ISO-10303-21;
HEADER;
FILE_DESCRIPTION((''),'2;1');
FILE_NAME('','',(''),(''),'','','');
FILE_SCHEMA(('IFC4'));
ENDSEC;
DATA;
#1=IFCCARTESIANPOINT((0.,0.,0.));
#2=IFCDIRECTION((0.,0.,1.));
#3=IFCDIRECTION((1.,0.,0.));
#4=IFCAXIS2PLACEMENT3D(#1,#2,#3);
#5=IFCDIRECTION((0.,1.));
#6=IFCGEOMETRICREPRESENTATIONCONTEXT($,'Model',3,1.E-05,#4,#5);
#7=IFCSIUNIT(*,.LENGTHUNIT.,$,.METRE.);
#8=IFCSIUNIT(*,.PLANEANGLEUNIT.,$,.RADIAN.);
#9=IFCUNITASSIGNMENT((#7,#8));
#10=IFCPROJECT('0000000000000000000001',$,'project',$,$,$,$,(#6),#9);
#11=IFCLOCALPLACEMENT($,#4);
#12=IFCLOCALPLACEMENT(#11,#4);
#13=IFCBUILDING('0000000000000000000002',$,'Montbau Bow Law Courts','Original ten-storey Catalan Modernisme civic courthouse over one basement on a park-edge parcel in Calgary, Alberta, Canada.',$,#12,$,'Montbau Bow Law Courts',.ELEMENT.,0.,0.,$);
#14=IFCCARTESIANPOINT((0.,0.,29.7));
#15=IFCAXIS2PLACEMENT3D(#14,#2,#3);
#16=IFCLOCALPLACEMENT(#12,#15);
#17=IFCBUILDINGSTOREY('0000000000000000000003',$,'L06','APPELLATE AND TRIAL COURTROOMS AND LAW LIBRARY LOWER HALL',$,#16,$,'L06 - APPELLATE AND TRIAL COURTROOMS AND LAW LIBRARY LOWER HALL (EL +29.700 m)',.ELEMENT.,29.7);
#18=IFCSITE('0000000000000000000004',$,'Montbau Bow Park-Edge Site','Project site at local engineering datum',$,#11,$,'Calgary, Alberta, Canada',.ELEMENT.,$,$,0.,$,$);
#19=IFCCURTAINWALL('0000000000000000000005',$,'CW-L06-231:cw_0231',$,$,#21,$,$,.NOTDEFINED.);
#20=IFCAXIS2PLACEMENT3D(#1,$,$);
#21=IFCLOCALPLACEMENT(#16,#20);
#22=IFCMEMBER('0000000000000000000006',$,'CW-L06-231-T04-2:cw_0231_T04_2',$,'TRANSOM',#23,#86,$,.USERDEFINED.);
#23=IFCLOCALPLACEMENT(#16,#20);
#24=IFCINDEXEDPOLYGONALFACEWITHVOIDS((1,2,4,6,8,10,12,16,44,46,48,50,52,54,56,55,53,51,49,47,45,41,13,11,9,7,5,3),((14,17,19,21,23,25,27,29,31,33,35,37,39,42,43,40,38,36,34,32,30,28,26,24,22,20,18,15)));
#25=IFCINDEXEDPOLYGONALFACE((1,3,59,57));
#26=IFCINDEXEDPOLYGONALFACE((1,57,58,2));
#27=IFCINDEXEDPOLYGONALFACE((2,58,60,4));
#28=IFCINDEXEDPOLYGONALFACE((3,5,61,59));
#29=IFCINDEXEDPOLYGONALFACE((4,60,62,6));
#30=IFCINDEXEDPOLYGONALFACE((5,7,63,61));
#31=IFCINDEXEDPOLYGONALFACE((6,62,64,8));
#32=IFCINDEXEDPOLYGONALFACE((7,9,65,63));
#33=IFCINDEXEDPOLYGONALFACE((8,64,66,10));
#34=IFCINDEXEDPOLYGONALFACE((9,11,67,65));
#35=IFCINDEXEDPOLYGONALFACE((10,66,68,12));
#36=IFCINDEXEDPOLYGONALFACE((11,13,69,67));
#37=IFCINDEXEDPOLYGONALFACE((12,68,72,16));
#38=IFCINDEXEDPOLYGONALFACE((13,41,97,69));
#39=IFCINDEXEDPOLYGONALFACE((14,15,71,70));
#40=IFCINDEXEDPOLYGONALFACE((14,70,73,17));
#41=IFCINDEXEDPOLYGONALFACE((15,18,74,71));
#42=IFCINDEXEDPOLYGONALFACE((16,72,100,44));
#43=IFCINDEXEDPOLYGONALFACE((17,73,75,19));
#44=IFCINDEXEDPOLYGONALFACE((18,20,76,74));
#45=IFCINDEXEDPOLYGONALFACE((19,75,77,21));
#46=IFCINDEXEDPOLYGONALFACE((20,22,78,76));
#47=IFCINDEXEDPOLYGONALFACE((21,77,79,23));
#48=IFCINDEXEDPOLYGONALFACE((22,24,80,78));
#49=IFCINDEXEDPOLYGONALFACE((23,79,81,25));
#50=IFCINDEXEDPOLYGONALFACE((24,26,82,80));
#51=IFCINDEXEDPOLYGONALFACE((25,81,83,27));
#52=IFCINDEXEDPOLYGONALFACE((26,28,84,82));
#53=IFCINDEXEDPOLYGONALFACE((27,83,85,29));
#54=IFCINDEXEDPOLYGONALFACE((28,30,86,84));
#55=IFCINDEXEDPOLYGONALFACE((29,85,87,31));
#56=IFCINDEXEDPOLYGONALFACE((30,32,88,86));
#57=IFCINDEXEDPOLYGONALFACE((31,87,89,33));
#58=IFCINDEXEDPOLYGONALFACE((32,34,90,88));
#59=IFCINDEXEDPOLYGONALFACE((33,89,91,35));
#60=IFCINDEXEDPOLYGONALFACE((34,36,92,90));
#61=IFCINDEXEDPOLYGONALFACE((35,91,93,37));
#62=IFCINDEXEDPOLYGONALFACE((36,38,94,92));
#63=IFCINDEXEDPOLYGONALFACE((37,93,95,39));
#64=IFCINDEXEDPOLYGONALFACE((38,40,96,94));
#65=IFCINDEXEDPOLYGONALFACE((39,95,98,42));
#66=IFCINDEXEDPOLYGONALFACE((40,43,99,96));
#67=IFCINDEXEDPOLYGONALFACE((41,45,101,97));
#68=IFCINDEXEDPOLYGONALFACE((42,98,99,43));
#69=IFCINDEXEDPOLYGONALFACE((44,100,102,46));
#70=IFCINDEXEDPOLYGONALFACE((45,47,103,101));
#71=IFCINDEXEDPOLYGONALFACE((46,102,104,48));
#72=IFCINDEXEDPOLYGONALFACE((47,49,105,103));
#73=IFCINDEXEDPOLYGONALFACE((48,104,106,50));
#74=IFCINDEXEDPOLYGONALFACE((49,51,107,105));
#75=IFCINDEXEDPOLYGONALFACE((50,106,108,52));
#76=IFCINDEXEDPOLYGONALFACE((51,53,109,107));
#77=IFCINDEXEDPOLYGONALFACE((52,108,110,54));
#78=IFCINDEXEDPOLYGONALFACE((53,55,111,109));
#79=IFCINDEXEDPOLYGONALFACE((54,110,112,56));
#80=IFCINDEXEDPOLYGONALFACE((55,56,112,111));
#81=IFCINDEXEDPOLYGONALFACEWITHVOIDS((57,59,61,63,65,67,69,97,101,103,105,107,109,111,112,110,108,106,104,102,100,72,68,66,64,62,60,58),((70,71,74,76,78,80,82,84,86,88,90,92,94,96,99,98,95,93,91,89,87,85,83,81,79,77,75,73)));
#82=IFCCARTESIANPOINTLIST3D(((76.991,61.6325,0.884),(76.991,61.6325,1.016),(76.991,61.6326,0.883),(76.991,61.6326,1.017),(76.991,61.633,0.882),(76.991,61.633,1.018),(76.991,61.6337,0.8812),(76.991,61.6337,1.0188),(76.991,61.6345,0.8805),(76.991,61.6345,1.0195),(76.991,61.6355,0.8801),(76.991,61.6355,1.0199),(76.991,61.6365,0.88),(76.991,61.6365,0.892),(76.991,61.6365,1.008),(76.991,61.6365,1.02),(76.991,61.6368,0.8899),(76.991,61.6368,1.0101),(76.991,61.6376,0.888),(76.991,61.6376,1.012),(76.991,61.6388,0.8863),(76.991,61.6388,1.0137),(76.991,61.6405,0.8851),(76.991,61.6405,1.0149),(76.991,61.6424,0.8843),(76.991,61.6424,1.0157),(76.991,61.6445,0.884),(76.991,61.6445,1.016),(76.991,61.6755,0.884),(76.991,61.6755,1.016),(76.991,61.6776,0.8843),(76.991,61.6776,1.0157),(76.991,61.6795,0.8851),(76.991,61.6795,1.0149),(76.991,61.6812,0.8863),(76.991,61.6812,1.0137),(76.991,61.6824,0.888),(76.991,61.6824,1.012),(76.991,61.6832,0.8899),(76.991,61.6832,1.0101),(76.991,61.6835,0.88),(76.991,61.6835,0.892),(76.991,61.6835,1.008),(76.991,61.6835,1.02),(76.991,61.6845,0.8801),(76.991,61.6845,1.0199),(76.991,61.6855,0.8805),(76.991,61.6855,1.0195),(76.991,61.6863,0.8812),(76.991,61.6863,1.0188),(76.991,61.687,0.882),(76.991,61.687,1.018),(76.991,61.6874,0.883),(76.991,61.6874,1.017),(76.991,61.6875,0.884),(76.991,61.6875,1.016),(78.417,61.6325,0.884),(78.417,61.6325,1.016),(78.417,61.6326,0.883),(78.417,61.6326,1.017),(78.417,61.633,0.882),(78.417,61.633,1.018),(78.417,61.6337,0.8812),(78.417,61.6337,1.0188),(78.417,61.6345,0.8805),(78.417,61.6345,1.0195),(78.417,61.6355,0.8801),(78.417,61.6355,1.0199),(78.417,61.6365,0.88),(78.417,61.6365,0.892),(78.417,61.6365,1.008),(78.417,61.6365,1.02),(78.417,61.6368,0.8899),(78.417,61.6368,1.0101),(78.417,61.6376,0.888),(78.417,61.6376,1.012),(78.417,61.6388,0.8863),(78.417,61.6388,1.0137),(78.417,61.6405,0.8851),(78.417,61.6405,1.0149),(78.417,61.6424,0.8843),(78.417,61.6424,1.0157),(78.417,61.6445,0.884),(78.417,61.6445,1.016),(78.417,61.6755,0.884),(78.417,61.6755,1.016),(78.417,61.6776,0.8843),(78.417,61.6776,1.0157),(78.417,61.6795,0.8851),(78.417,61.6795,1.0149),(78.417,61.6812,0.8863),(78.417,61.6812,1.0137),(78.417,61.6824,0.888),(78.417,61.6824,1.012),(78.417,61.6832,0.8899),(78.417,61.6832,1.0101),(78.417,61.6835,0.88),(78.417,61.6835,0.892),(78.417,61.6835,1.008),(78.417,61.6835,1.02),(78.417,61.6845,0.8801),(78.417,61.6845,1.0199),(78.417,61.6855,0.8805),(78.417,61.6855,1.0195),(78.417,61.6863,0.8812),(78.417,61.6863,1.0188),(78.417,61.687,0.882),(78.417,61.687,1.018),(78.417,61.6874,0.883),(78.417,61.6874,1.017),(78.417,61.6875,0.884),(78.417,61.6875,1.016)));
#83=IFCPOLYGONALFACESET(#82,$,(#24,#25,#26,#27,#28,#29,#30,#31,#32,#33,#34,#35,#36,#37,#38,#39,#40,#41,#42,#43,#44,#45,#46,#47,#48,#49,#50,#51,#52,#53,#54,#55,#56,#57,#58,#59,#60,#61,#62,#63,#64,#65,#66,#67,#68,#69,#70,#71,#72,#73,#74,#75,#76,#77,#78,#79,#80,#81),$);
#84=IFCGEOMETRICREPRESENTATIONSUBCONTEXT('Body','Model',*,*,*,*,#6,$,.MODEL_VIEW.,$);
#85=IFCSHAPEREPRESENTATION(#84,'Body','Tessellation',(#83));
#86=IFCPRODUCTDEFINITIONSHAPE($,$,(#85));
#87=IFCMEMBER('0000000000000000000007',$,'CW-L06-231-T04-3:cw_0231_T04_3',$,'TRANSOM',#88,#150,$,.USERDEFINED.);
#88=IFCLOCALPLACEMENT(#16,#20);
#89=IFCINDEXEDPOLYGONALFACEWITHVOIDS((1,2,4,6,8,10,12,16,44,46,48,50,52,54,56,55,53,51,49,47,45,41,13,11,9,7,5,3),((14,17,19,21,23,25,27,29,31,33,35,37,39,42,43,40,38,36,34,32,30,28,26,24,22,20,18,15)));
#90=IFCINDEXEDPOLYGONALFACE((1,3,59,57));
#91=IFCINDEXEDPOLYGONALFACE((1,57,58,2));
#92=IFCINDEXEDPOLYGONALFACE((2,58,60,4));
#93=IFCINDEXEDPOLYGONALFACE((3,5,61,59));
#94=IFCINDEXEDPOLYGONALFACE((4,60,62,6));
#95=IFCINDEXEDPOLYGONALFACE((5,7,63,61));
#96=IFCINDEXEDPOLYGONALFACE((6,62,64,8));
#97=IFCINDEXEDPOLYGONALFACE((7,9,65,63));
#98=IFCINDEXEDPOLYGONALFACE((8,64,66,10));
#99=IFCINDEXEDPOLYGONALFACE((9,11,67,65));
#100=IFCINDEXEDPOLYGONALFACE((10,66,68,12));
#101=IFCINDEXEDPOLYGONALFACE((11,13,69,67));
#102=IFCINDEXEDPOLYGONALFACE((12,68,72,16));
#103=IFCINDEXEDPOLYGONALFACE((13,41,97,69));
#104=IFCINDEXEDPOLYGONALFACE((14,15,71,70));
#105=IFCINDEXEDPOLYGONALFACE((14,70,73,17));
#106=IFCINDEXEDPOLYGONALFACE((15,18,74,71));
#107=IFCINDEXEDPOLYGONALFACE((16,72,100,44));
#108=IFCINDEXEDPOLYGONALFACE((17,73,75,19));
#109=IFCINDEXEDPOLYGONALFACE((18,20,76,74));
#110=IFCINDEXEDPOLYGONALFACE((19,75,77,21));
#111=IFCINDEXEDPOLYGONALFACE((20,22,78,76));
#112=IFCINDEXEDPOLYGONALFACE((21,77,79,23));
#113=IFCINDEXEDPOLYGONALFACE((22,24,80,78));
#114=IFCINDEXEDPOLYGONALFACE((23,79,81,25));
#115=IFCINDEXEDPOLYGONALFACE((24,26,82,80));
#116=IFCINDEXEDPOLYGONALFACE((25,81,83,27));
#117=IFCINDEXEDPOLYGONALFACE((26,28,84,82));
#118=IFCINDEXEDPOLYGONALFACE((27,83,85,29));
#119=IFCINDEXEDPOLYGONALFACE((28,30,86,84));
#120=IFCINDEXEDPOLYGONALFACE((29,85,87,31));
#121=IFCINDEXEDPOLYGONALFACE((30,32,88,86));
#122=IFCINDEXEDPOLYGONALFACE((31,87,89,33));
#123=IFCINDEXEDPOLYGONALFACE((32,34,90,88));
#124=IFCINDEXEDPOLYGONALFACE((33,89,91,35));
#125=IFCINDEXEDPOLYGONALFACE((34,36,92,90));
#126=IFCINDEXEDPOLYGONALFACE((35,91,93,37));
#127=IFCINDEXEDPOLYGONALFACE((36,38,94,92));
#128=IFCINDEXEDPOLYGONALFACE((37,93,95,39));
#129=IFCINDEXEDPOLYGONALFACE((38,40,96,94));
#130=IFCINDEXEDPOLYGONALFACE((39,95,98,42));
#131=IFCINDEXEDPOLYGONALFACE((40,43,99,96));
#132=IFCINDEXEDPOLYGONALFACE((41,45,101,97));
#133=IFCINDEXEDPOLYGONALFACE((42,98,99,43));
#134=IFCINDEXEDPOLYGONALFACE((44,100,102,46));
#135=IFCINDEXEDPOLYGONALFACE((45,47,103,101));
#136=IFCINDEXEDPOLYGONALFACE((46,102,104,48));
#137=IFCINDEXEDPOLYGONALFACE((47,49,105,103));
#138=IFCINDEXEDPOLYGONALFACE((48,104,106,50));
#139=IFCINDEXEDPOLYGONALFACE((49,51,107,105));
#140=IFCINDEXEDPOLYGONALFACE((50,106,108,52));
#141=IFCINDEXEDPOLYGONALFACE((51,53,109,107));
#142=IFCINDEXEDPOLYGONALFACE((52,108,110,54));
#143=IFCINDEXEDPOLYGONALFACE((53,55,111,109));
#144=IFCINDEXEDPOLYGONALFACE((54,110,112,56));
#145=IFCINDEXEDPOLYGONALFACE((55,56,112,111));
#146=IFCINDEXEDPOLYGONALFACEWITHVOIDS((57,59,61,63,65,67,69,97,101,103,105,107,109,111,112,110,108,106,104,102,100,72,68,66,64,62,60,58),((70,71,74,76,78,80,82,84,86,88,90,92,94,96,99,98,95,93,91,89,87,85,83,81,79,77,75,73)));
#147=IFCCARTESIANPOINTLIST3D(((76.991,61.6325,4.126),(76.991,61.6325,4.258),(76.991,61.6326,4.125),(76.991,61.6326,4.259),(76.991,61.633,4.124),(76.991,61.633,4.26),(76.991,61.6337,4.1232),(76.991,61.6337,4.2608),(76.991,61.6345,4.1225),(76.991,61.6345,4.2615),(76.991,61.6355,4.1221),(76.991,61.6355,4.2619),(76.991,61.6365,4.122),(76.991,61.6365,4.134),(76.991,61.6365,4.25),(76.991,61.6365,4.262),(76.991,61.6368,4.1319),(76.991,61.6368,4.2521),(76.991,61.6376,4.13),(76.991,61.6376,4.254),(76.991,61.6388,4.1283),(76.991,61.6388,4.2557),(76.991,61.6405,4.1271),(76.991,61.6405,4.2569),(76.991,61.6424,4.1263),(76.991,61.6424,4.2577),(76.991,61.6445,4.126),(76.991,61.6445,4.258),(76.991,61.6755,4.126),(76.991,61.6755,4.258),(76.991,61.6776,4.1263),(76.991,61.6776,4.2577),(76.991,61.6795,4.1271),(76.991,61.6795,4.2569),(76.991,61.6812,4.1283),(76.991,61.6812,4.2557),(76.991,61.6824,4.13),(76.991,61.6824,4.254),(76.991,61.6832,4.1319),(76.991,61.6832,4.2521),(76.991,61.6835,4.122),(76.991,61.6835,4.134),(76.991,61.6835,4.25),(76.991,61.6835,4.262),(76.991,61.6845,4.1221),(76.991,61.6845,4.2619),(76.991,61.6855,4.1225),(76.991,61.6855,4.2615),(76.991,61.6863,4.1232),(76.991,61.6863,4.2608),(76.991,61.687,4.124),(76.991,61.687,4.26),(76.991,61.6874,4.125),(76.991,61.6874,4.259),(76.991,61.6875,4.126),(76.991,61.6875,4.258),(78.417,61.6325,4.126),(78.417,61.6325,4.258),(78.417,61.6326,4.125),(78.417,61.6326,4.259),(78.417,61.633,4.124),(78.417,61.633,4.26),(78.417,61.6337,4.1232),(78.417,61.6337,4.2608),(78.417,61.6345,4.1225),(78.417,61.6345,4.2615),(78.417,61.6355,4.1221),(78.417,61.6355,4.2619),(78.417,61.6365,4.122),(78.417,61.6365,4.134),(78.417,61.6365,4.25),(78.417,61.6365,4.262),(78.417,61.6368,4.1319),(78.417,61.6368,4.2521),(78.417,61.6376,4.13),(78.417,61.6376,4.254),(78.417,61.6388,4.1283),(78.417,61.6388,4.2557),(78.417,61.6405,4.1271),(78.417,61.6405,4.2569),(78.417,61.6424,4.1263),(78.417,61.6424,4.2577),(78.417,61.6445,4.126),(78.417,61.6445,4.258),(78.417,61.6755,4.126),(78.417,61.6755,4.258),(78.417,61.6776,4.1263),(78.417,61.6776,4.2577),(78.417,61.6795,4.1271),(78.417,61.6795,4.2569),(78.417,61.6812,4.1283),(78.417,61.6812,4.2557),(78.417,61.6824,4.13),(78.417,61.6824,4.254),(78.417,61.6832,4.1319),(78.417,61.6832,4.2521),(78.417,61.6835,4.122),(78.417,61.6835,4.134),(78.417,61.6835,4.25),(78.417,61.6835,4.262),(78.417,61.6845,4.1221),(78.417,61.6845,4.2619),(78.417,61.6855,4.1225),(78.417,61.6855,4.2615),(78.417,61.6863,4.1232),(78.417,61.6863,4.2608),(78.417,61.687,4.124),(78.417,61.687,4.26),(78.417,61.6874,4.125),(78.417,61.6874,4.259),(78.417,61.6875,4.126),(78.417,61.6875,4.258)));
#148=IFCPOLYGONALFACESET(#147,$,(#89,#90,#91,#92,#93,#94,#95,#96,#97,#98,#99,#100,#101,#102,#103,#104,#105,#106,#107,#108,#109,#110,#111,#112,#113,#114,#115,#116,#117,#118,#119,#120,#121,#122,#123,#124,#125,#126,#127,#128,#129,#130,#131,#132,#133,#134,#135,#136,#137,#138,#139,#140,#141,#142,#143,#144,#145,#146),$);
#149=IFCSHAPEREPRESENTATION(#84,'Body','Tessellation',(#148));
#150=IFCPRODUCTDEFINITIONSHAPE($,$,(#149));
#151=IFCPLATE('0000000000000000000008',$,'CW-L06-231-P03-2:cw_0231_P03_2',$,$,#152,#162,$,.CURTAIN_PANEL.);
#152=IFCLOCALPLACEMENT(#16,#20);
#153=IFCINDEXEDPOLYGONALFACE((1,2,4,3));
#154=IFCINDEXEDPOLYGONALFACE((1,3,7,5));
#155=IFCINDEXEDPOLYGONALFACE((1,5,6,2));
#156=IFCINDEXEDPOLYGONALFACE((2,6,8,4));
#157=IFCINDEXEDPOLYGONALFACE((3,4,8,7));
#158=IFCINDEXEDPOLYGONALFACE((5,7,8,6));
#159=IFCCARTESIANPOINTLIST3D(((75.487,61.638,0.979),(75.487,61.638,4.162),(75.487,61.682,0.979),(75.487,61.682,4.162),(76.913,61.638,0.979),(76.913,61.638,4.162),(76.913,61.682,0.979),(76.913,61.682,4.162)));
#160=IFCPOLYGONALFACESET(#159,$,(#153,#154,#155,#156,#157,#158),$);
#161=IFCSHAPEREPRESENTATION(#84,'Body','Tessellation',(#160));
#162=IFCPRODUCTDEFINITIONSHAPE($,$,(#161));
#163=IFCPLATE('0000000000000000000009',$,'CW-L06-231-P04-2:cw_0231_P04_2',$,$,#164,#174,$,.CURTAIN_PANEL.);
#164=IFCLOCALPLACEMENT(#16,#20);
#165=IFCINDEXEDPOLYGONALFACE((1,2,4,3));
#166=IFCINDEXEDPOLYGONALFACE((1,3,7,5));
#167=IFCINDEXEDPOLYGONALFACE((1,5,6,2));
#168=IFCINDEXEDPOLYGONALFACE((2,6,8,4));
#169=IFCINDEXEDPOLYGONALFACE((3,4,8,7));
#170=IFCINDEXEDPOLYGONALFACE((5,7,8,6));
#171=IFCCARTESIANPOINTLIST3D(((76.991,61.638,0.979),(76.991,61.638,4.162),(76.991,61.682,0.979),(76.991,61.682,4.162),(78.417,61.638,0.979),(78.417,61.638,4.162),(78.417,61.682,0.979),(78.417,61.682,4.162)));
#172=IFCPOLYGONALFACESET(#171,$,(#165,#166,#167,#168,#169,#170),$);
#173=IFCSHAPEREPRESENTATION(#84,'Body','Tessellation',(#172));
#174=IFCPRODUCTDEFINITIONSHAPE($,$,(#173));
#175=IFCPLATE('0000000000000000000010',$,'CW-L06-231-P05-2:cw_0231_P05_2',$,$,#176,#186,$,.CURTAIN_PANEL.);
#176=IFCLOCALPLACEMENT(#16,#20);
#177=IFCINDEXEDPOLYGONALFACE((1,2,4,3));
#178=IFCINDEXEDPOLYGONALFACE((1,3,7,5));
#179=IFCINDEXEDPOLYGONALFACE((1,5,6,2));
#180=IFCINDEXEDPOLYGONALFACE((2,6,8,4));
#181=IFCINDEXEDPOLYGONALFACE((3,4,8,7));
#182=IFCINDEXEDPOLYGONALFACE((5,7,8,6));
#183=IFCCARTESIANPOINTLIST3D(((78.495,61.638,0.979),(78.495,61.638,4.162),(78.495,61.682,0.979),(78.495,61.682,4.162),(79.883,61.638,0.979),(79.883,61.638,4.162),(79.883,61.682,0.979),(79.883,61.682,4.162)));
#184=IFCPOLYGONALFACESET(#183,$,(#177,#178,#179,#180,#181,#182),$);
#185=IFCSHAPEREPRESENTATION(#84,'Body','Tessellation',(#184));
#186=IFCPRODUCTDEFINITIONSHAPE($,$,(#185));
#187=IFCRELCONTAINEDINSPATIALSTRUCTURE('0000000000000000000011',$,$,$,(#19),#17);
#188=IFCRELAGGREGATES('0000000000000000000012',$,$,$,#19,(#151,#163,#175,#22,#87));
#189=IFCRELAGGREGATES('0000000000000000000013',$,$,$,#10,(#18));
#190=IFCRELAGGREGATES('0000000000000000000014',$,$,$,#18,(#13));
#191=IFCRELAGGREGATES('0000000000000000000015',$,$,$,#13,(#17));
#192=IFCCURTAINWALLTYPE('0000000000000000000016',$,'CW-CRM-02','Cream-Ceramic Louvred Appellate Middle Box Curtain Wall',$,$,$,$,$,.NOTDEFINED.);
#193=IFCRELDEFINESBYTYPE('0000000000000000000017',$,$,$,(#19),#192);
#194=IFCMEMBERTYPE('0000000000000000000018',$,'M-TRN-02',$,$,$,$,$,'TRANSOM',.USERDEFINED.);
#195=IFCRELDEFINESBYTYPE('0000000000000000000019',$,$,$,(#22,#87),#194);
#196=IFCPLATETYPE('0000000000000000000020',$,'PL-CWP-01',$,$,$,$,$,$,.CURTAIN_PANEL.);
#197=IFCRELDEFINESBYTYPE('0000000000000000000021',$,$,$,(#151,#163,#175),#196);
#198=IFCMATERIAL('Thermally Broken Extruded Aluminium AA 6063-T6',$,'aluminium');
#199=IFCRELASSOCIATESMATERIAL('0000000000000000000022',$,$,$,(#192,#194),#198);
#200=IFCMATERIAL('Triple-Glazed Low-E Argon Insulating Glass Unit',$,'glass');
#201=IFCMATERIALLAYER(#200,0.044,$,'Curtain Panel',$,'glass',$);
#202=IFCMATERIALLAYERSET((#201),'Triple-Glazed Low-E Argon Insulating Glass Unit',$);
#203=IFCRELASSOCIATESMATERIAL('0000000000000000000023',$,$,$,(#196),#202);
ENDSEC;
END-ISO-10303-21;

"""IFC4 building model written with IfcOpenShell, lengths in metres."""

from ifc_helpers import new_model, si_unit, direction, frame, frame_2d, origin_with_axes, origin_2d_with_axis, place, context, subcontext, project, spatial, rectangle, hollow_rectangle, extrude, material, layer, layer_set, material_profile, profile_set, type_object, element, aggregate, save


model = new_model("IFC4")

# Units and contexts
model_context = context("Model", 3, precision=1e-05, world=origin_with_axes(), true_north=direction((0.0, 1.0)))
body_context = subcontext(model_context, "Body", "Model", "MODEL_VIEW")
ifc_project = project(units=[si_unit("LENGTHUNIT", "METRE"), si_unit("PLANEANGLEUNIT", "RADIAN")], contexts=[model_context])

# Site, building, storey
site_placement = place(None, origin_with_axes())
site = spatial("IfcSite", under=ifc_project, at=site_placement, Name="Montbau Bow Park-Edge Site", Description="Project site at local engineering datum", LongName="Calgary, Alberta, Canada", CompositionType="ELEMENT", RefElevation=0.0)
building_placement = place(site_placement, origin_with_axes())
building = spatial("IfcBuilding", under=site, at=building_placement, Name="Montbau Bow Law Courts", Description="Original ten-storey Catalan Modernisme civic courthouse over one basement on a park-edge parcel in Calgary, Alberta, Canada.", LongName="Montbau Bow Law Courts", CompositionType="ELEMENT", ElevationOfRefHeight=0.0, ElevationOfTerrain=0.0)
storey_placement = place(building_placement, frame((0.0, 0.0, 29.7), z_axis=(0.0, 0.0, 1.0), x_axis=(1.0, 0.0, 0.0)))
storey = spatial("IfcBuildingStorey", under=building, at=storey_placement, Name="L06", Description="APPELLATE AND TRIAL COURTROOMS AND LAW LIBRARY LOWER HALL", LongName="L06 - APPELLATE AND TRIAL COURTROOMS AND LAW LIBRARY LOWER HALL (EL +29.700 m)", CompositionType="ELEMENT", Elevation=29.7)

# Curtain wall, members, plates
ifc_material_1 = material(Name="Thermally Broken Extruded Aluminium AA 6063-T6", Category="aluminium")
curtain_wall_type = type_object("IfcCurtainWallType", Name="CW-CRM-02", Description="Cream-Ceramic Louvred Appellate Middle Box Curtain Wall", PredefinedType="NOTDEFINED", material=ifc_material_1)
curtain_wall_placement = place(None, frame((72.44, 61.66, 29.7), z_axis=(0.0, 0.0, 1.0), x_axis=(1.0, 0.0, 0.0)))
curtain_wall = element("IfcCurtainWall", 1, at=curtain_wall_placement, inside=storey, type_object=curtain_wall_type, Name="CW-L06-231:cw_0231", PredefinedType="NOTDEFINED")
ifc_material_profile_1 = material_profile(ifc_material_1, hollow_rectangle(XDim=0.055, YDim=0.14, WallThickness=0.004, InnerFilletRadius=0.008, OuterFilletRadius=0.004, at=origin_2d_with_axis()), Name="CWT-140X55", Category="Main", Priority=0)
ifc_profile_set_1 = profile_set([ifc_material_profile_1], Name="Thermally Broken Extruded Aluminium AA 6063-T6")
member_type_1 = type_object("IfcMemberType", Name="M-TRN-02", ElementType="TRANSOM", PredefinedType="USERDEFINED", material=ifc_profile_set_1)
member_1_placement = place(None, frame((76.991, 61.66, 30.65), z_axis=(1.0, 0.0, 0.0), x_axis=(0.0, 1.0, 0.0)))
member_1 = element("IfcMember", 2, at=member_1_placement, type_object=member_type_1, Name="CW-L06-231-T04-2:cw_0231_T04_2", ObjectType="TRANSOM", PredefinedType="USERDEFINED", context=body_context, shape_type="SweptSolid", body=[
    extrude(hollow_rectangle(XDim=0.055, YDim=0.14, WallThickness=0.004, InnerFilletRadius=0.008, OuterFilletRadius=0.004, at=origin_2d_with_axis()), origin_with_axes(), (0.0, 0.0, 1.0), 1.426),
])
member_2_placement = place(None, frame((76.991, 61.66, 33.892), z_axis=(1.0, 0.0, 0.0), x_axis=(0.0, 1.0, 0.0)))
member_2 = element("IfcMember", 3, at=member_2_placement, type_object=member_type_1, Name="CW-L06-231-T04-3:cw_0231_T04_3", ObjectType="TRANSOM", PredefinedType="USERDEFINED", context=body_context, shape_type="SweptSolid", body=[
    extrude(hollow_rectangle(XDim=0.055, YDim=0.14, WallThickness=0.004, InnerFilletRadius=0.008, OuterFilletRadius=0.004, at=origin_2d_with_axis()), origin_with_axes(), (0.0, 0.0, 1.0), 1.426),
])
ifc_material_2 = material(Name="Triple-Glazed Low-E Argon Insulating Glass Unit", Category="glass")
ifc_layer_1 = layer(ifc_material_2, 0.044, Name="Curtain Panel", Category="glass")
ifc_layer_set_1 = layer_set([ifc_layer_1], Name="Triple-Glazed Low-E Argon Insulating Glass Unit")
plate_type_1 = type_object("IfcPlateType", Name="PL-CWP-01", PredefinedType="CURTAIN_PANEL", material=ifc_layer_set_1)
plate_1_placement = place(None, frame((75.487, 61.66, 30.679), z_axis=(0.0, -1.0, 0.0), x_axis=(1.0, 0.0, 0.0)))
plate_1 = element("IfcPlate", 4, at=plate_1_placement, type_object=plate_type_1, Name="CW-L06-231-P03-2:cw_0231_P03_2", PredefinedType="CURTAIN_PANEL", context=body_context, shape_type="SweptSolid", body=[
    extrude(rectangle(XDim=1.426, YDim=3.183, at=frame_2d((0.713, 1.5915), x_axis=(1.0, 0.0))), frame((0.0, 0.0, -0.022), z_axis=(0.0, 0.0, 1.0), x_axis=(1.0, 0.0, 0.0)), (0.0, 0.0, 1.0), 0.044),
])
plate_2_placement = place(None, frame((76.991, 61.66, 30.679), z_axis=(0.0, -1.0, 0.0), x_axis=(1.0, 0.0, 0.0)))
plate_2 = element("IfcPlate", 5, at=plate_2_placement, type_object=plate_type_1, Name="CW-L06-231-P04-2:cw_0231_P04_2", PredefinedType="CURTAIN_PANEL", context=body_context, shape_type="SweptSolid", body=[
    extrude(rectangle(XDim=1.426, YDim=3.183, at=frame_2d((0.713, 1.5915), x_axis=(1.0, 0.0))), frame((0.0, 0.0, -0.022), z_axis=(0.0, 0.0, 1.0), x_axis=(1.0, 0.0, 0.0)), (0.0, 0.0, 1.0), 0.044),
])
plate_3_placement = place(None, frame((78.495, 61.66, 30.679), z_axis=(0.0, -1.0, 0.0), x_axis=(1.0, 0.0, 0.0)))
plate_3 = element("IfcPlate", 6, at=plate_3_placement, type_object=plate_type_1, Name="CW-L06-231-P05-2:cw_0231_P05_2", PredefinedType="CURTAIN_PANEL", context=body_context, shape_type="SweptSolid", body=[
    extrude(rectangle(XDim=1.388, YDim=3.183, at=frame_2d((0.694, 1.5915), x_axis=(1.0, 0.0))), frame((0.0, 0.0, -0.022), z_axis=(0.0, 0.0, 1.0), x_axis=(1.0, 0.0, 0.0)), (0.0, 0.0, 1.0), 0.044),
])
aggregate(curtain_wall, [plate_1, plate_2, plate_3, member_1, member_2])

save(model, "model.ifc")
